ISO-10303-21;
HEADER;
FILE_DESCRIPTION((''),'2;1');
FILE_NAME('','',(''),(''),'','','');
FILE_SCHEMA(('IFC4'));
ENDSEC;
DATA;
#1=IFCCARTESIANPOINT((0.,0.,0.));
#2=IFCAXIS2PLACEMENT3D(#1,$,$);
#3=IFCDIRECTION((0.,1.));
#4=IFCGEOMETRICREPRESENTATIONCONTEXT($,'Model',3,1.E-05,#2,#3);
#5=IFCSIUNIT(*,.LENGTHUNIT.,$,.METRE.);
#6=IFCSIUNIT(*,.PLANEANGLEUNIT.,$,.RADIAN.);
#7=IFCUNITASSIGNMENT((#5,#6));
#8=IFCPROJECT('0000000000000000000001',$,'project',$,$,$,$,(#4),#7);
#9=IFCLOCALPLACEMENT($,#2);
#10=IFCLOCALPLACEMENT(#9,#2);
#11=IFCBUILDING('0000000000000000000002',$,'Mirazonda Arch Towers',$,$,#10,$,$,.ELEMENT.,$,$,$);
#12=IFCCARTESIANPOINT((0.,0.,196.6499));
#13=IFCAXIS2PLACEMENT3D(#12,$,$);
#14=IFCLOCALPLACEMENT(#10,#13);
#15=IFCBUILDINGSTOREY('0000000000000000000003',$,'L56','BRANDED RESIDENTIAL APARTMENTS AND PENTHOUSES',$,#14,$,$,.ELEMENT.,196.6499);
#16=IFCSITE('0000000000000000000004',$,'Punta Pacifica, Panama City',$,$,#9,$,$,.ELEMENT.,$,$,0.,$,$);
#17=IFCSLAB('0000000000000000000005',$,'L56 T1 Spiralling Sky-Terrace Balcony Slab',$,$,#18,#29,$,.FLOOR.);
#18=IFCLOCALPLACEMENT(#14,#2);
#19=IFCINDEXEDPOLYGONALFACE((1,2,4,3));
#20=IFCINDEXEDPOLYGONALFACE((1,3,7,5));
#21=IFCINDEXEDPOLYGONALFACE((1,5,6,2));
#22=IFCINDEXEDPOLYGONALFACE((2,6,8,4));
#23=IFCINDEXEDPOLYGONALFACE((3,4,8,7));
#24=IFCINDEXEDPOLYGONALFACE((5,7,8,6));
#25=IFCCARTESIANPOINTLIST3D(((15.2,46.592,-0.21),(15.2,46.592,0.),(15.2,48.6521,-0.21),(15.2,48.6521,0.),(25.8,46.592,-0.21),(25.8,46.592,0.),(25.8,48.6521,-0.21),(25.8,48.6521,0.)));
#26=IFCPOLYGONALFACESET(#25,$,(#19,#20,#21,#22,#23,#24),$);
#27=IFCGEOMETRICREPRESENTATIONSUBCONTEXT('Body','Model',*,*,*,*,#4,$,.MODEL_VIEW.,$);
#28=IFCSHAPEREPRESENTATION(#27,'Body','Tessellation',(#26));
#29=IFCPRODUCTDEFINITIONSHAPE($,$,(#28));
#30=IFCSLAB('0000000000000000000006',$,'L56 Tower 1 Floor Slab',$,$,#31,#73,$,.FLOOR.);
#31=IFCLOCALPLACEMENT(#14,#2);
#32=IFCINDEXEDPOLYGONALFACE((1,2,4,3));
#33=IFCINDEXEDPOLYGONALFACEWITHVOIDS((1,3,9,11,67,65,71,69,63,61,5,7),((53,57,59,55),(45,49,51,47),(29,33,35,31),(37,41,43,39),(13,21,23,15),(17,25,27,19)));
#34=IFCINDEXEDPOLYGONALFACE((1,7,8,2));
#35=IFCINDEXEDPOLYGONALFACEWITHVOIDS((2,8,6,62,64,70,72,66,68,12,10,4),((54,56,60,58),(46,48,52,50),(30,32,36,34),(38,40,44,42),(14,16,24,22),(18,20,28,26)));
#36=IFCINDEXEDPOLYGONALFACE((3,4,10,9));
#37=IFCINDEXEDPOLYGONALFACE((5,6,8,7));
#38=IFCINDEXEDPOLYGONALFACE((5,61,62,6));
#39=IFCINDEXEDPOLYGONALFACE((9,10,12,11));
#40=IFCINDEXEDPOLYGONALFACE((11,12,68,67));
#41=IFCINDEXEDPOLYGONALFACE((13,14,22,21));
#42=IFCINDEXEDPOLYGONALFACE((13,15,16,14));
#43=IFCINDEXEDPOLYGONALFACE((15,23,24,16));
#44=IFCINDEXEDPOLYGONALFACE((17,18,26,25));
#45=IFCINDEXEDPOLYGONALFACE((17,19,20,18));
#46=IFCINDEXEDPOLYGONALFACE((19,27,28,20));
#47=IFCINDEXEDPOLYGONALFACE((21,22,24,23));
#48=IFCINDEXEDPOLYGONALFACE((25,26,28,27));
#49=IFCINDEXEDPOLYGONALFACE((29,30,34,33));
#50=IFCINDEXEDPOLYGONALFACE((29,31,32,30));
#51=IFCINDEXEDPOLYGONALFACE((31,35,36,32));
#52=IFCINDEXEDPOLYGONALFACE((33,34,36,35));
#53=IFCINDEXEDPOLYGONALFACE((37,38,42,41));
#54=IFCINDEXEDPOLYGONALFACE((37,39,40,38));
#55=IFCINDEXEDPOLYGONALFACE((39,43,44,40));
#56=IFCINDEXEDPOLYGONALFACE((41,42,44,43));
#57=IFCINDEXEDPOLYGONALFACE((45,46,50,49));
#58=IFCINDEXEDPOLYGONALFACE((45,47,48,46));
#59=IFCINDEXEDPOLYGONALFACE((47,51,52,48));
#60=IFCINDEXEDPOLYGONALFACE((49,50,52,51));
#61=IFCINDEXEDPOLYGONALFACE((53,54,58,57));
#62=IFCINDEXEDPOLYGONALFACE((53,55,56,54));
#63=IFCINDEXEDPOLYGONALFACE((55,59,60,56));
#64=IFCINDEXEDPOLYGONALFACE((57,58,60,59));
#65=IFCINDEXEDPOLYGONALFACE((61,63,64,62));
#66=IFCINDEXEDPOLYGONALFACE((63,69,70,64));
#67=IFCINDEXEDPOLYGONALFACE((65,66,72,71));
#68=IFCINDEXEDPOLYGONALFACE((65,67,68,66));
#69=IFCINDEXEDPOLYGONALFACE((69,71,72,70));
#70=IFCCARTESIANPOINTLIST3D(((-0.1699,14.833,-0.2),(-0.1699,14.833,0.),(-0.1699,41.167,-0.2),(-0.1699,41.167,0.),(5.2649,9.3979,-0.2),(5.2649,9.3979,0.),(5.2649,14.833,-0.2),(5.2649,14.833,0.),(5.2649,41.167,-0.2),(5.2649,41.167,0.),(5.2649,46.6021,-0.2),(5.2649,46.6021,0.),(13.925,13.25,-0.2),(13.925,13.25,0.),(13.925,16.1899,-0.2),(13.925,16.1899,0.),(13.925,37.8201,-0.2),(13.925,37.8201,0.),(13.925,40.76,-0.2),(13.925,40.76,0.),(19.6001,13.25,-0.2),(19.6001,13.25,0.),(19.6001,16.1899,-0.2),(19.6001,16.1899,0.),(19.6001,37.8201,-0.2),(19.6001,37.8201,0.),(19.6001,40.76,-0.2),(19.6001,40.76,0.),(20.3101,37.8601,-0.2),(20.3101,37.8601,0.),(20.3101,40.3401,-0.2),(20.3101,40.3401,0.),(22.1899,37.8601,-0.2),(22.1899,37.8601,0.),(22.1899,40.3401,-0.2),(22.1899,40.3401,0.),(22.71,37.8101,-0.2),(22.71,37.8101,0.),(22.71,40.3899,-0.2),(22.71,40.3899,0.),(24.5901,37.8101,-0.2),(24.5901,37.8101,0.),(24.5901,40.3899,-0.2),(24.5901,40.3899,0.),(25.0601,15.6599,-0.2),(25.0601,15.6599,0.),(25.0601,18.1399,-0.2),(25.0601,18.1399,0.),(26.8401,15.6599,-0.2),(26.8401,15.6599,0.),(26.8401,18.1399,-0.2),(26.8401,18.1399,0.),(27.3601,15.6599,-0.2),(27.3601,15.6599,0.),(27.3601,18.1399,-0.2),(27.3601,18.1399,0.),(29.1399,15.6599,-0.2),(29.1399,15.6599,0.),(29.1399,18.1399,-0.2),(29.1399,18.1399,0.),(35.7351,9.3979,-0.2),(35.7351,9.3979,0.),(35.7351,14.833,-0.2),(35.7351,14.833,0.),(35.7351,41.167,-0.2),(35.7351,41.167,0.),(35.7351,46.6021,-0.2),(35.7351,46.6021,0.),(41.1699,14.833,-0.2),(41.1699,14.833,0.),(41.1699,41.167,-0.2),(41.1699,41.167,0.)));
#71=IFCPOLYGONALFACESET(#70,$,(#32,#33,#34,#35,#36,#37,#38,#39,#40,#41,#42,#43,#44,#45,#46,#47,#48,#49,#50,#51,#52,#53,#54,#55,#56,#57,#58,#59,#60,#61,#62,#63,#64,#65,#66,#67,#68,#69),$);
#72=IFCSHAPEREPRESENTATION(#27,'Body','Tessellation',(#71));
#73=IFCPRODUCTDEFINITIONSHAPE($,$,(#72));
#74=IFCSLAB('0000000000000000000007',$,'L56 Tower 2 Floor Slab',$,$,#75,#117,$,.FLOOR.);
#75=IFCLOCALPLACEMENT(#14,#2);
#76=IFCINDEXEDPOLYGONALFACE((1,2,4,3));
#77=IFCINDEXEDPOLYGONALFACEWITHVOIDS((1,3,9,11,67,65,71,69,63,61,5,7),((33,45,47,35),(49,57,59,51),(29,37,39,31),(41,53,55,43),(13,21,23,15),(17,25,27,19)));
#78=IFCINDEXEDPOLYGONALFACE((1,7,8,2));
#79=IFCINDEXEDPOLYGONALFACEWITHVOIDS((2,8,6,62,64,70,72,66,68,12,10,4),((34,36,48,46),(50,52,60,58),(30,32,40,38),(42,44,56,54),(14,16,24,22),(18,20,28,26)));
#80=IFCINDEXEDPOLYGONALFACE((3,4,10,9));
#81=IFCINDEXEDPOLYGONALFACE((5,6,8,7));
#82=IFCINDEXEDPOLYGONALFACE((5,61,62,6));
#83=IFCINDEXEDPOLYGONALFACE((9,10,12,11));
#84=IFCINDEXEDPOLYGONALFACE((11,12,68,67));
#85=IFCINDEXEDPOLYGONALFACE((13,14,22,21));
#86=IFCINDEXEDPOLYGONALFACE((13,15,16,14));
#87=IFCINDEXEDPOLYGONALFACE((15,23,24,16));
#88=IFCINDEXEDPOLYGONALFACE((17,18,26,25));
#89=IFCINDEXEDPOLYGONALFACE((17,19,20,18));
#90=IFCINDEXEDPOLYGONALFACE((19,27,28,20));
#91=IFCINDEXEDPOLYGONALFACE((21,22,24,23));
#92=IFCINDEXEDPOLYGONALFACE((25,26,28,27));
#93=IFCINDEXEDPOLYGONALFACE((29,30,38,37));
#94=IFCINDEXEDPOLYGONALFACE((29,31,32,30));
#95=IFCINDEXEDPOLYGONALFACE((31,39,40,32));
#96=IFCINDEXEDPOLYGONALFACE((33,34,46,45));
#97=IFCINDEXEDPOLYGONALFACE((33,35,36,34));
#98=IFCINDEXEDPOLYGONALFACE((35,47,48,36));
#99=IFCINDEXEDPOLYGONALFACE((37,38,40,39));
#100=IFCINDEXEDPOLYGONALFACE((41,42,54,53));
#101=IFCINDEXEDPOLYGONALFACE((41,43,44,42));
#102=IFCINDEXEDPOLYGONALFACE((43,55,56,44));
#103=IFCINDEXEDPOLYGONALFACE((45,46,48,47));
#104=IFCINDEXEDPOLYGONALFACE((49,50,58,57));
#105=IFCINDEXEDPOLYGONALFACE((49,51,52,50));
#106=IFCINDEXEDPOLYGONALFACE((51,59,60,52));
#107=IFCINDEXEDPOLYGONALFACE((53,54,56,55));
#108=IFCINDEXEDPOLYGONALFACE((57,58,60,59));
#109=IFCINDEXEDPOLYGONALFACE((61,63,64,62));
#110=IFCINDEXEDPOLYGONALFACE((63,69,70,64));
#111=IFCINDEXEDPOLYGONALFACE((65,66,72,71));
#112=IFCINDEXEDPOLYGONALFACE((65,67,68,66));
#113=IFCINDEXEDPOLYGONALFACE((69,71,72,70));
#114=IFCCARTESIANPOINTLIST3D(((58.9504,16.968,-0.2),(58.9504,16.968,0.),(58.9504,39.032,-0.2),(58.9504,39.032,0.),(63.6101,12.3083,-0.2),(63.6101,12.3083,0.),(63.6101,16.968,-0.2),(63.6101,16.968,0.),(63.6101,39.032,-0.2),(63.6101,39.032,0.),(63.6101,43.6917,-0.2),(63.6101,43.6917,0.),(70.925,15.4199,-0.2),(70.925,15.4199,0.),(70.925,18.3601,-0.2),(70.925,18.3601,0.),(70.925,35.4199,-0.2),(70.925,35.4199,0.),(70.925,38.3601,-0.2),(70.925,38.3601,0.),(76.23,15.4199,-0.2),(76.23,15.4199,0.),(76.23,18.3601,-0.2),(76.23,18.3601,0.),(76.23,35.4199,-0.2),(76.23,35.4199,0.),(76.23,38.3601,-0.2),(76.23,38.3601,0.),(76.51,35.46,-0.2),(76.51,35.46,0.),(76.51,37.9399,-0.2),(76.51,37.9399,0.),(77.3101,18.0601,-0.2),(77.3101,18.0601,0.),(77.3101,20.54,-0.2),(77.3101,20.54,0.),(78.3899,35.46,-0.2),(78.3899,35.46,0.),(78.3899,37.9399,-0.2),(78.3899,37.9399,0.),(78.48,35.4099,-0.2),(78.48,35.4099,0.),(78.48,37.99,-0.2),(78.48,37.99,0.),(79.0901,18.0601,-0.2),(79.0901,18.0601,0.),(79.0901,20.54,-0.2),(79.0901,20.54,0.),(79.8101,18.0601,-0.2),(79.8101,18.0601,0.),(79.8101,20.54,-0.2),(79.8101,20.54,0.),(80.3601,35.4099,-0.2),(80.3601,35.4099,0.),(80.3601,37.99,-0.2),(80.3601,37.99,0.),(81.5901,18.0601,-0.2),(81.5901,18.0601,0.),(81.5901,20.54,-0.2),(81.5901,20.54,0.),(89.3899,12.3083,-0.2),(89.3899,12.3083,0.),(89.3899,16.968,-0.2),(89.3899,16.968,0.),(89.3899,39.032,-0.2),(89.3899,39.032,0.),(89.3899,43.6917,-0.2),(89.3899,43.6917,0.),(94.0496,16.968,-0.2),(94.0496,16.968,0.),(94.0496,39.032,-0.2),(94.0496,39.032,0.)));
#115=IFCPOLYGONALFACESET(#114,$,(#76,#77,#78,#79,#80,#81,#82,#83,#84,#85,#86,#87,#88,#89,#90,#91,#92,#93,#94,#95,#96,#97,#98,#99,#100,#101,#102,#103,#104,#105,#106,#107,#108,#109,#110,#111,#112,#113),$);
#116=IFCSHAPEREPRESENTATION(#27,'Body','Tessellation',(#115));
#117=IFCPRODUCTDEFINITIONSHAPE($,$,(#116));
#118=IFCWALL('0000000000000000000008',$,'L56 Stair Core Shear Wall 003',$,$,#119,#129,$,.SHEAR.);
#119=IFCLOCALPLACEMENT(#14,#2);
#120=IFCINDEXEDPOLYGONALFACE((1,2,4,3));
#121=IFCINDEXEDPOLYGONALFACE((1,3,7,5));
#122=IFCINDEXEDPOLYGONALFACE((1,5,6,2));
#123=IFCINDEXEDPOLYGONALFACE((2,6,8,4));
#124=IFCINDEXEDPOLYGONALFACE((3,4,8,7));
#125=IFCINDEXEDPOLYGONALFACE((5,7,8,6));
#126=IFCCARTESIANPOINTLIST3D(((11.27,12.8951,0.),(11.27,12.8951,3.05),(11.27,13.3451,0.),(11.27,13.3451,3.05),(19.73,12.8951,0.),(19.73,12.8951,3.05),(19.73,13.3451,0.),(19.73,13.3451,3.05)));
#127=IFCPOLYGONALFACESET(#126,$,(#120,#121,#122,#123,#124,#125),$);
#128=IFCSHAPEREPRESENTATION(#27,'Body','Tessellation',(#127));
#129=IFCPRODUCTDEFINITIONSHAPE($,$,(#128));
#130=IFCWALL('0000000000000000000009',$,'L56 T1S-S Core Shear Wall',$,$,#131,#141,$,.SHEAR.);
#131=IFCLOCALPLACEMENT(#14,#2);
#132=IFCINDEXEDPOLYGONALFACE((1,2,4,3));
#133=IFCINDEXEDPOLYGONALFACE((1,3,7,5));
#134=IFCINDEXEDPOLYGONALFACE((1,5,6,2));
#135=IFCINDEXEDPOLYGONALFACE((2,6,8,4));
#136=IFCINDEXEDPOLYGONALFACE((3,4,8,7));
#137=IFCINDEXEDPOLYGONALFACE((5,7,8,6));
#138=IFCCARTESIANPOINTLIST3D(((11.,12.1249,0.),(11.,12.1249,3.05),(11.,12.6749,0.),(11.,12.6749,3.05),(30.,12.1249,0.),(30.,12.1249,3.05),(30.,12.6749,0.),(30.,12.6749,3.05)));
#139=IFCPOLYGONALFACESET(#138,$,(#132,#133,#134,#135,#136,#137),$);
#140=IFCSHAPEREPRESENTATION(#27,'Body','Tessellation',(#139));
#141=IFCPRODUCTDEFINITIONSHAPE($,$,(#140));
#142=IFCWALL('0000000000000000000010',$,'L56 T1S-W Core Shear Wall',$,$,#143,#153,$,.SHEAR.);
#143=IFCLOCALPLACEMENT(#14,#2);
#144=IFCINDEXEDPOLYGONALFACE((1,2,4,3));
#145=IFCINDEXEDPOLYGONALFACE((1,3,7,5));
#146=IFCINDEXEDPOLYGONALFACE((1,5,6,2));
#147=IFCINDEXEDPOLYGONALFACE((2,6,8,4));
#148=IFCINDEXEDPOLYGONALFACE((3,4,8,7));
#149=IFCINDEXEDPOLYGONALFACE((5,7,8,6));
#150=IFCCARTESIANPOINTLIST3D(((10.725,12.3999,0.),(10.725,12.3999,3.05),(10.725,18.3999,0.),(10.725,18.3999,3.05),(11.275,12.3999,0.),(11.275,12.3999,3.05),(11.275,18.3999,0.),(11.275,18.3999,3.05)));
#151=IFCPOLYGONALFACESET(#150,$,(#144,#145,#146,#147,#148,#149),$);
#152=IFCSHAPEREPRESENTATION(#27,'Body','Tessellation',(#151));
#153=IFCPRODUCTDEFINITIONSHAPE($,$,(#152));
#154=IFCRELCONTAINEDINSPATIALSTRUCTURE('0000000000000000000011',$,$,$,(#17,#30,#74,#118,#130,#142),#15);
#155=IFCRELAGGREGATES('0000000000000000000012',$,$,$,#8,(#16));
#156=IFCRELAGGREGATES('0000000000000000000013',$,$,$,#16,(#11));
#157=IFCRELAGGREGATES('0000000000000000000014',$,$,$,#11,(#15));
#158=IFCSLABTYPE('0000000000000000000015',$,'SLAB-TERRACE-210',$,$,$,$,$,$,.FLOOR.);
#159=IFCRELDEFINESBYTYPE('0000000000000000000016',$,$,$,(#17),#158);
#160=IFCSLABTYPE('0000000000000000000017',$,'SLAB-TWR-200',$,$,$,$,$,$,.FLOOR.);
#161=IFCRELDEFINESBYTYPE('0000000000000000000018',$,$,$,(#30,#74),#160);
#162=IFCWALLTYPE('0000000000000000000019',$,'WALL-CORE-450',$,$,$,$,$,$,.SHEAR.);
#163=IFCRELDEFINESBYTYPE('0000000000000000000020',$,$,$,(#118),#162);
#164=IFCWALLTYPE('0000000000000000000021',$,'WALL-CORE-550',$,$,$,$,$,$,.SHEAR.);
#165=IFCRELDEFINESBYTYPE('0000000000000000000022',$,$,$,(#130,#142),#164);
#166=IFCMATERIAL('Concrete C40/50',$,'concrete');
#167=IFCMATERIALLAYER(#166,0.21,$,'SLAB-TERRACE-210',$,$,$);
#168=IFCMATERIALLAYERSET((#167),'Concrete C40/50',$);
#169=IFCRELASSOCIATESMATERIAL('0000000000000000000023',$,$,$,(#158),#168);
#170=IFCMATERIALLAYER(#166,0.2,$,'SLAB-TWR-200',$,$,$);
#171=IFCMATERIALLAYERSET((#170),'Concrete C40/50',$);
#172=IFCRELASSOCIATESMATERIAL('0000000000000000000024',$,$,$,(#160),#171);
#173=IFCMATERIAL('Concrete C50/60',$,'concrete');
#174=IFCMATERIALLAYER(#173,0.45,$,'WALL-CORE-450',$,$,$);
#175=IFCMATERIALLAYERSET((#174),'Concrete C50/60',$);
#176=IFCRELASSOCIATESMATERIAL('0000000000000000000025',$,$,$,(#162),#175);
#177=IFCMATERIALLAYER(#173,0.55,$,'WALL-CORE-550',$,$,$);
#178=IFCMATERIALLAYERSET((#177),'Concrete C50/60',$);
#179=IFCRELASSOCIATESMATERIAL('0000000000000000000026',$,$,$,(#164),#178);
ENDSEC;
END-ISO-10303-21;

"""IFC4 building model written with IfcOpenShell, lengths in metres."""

from ifc_helpers import new_model, si_unit, direction, frame, frame_2d, origin, place, context, subcontext, project, spatial, polyline, rectangle, outline, extrude, material, layer, layer_set, type_object, element, save


model = new_model("IFC4")

# Units and contexts
model_context = context("Model", 3, precision=1e-05, world=origin(), true_north=direction((0.0, 1.0)))
body_context = subcontext(model_context, "Body", "Model", "MODEL_VIEW")
ifc_project = project(units=[si_unit("LENGTHUNIT", "METRE"), si_unit("PLANEANGLEUNIT", "RADIAN")], contexts=[model_context])

# Site, building, storey
site_placement = place(None, origin())
site = spatial("IfcSite", under=ifc_project, at=site_placement, Name="Punta Pacifica, Panama City", CompositionType="ELEMENT", RefElevation=0.0)
building_placement = place(site_placement, origin())
building = spatial("IfcBuilding", under=site, at=building_placement, Name="Mirazonda Arch Towers", CompositionType="ELEMENT")
storey_placement = place(building_placement, frame((0.0, 0.0, 196.6499)))
storey = spatial("IfcBuildingStorey", under=building, at=storey_placement, Name="L56", Description="BRANDED RESIDENTIAL APARTMENTS AND PENTHOUSES", CompositionType="ELEMENT", Elevation=196.6499)

# Shared definitions
ifc_material_1 = material(Name="Concrete C50/60", Category="concrete")

# Shared definitions
ifc_material_2 = material(Name="Concrete C40/50", Category="concrete")

# Slabs
ifc_layer_1 = layer(ifc_material_2, 0.21, Name="SLAB-TERRACE-210")
ifc_layer_set_1 = layer_set([ifc_layer_1], Name="Concrete C40/50")
slab_type_1 = type_object("IfcSlabType", Name="SLAB-TERRACE-210", PredefinedType="FLOOR", material=ifc_layer_set_1)
slab_1_placement = place(storey_placement, frame((0.0, 0.0, -0.21)))
element("IfcSlab", 1, at=slab_1_placement, inside=storey, type_object=slab_type_1, Name="L56 T1 Spiralling Sky-Terrace Balcony Slab", PredefinedType="FLOOR", context=body_context, shape_type="SweptSolid", body=[
    extrude(outline(polyline([(15.2, 46.592), (25.8, 46.592), (25.8, 48.6521), (15.2, 48.6521), (15.2, 46.592)])), origin(), (0.0, 0.0, 1.0), 0.21),
])
ifc_layer_2 = layer(ifc_material_2, 0.2, Name="SLAB-TWR-200")
ifc_layer_set_2 = layer_set([ifc_layer_2], Name="Concrete C40/50")
slab_type_2 = type_object("IfcSlabType", Name="SLAB-TWR-200", PredefinedType="FLOOR", material=ifc_layer_set_2)
slab_2_placement = place(storey_placement, frame((0.0, 0.0, -0.2)))
element("IfcSlab", 2, at=slab_2_placement, inside=storey, type_object=slab_type_2, Name="L56 Tower 1 Floor Slab", PredefinedType="FLOOR", context=body_context, shape_type="SweptSolid", body=[
    extrude(outline(polyline([(5.2649, 9.3979), (35.7351, 9.3979), (35.7351, 14.833), (41.1699, 14.833), (41.1699, 41.167), (35.7351, 41.167), (35.7351, 46.6021), (5.2649, 46.6021), (5.2649, 41.167), (-0.1699, 41.167), (-0.1699, 14.833), (5.2649, 14.833), (5.2649, 9.3979)]), holes=[polyline([(27.3601, 18.1399), (29.1399, 18.1399), (29.1399, 15.6599), (27.3601, 15.6599), (27.3601, 18.1399)]), polyline([(25.0601, 18.1399), (26.8401, 18.1399), (26.8401, 15.6599), (25.0601, 15.6599), (25.0601, 18.1399)]), polyline([(22.71, 40.3899), (24.5901, 40.3899), (24.5901, 37.8101), (22.71, 37.8101), (22.71, 40.3899)]), polyline([(20.3101, 37.8601), (20.3101, 40.3401), (22.1899, 40.3401), (22.1899, 37.8601), (20.3101, 37.8601)]), polyline([(19.6001, 13.25), (13.925, 13.25), (13.925, 16.1899), (19.6001, 16.1899), (19.6001, 13.25)]), polyline([(13.925, 37.8201), (13.925, 40.76), (19.6001, 40.76), (19.6001, 37.8201), (13.925, 37.8201)])]), origin(), (0.0, 0.0, 1.0), 0.2),
])
slab_3_placement = place(storey_placement, frame((0.0, 0.0, -0.2)))
element("IfcSlab", 3, at=slab_3_placement, inside=storey, type_object=slab_type_2, Name="L56 Tower 2 Floor Slab", PredefinedType="FLOOR", context=body_context, shape_type="SweptSolid", body=[
    extrude(outline(polyline([(63.6101, 12.3083), (89.3899, 12.3083), (89.3899, 16.968), (94.0496, 16.968), (94.0496, 39.032), (89.3899, 39.032), (89.3899, 43.6917), (63.6101, 43.6917), (63.6101, 39.032), (58.9504, 39.032), (58.9504, 16.968), (63.6101, 16.968), (63.6101, 12.3083)]), holes=[polyline([(79.8101, 20.54), (81.5901, 20.54), (81.5901, 18.0601), (79.8101, 18.0601), (79.8101, 20.54)]), polyline([(78.48, 37.99), (80.3601, 37.99), (80.3601, 35.4099), (78.48, 35.4099), (78.48, 37.99)]), polyline([(77.3101, 20.54), (79.0901, 20.54), (79.0901, 18.0601), (77.3101, 18.0601), (77.3101, 20.54)]), polyline([(76.51, 35.46), (76.51, 37.9399), (78.3899, 37.9399), (78.3899, 35.46), (76.51, 35.46)]), polyline([(76.23, 15.4199), (70.925, 15.4199), (70.925, 18.3601), (76.23, 18.3601), (76.23, 15.4199)]), polyline([(70.925, 35.4199), (70.925, 38.3601), (76.23, 38.3601), (76.23, 35.4199), (70.925, 35.4199)])]), origin(), (0.0, 0.0, 1.0), 0.2),
])

# Walls
ifc_layer_3 = layer(ifc_material_1, 0.45, Name="WALL-CORE-450")
ifc_layer_set_3 = layer_set([ifc_layer_3], Name="Concrete C50/60")
wall_type_1 = type_object("IfcWallType", Name="WALL-CORE-450", PredefinedType="SHEAR", material=ifc_layer_set_3)
wall_1_placement = place(storey_placement, frame((11.27, 13.1201, 0.0), z_axis=(0.0, 0.0, 1.0), x_axis=(1.0, 0.0, 0.0)))
element("IfcWall", 4, at=wall_1_placement, inside=storey, type_object=wall_type_1, Name="L56 Stair Core Shear Wall 003", PredefinedType="SHEAR", context=body_context, shape_type="SweptSolid", body=[
    extrude(rectangle(XDim=8.46, YDim=0.45, at=frame_2d((4.23, 0.0))), origin(), (0.0, 0.0, 1.0), 3.05),
])
ifc_layer_4 = layer(ifc_material_1, 0.55, Name="WALL-CORE-550")
ifc_layer_set_4 = layer_set([ifc_layer_4], Name="Concrete C50/60")
wall_type_2 = type_object("IfcWallType", Name="WALL-CORE-550", PredefinedType="SHEAR", material=ifc_layer_set_4)
wall_2_placement = place(storey_placement, frame((11.0, 12.3999, 0.0), z_axis=(0.0, 0.0, 1.0), x_axis=(1.0, 0.0, 0.0)))
element("IfcWall", 5, at=wall_2_placement, inside=storey, type_object=wall_type_2, Name="L56 T1S-S Core Shear Wall", PredefinedType="SHEAR", context=body_context, shape_type="SweptSolid", body=[
    extrude(rectangle(XDim=19.0, YDim=0.55, at=frame_2d((9.5, 0.0))), origin(), (0.0, 0.0, 1.0), 3.05),
])
wall_3_placement = place(storey_placement, frame((11.0, 12.3999, 0.0), z_axis=(0.0, 0.0, 1.0), x_axis=(0.0, 1.0, 0.0)))
element("IfcWall", 6, at=wall_3_placement, inside=storey, type_object=wall_type_2, Name="L56 T1S-W Core Shear Wall", PredefinedType="SHEAR", context=body_context, shape_type="SweptSolid", body=[
    extrude(rectangle(XDim=6.0, YDim=0.55, at=frame_2d((3.0, 0.0))), origin(), (0.0, 0.0, 1.0), 3.05),
])

save(model, "model.ifc")
